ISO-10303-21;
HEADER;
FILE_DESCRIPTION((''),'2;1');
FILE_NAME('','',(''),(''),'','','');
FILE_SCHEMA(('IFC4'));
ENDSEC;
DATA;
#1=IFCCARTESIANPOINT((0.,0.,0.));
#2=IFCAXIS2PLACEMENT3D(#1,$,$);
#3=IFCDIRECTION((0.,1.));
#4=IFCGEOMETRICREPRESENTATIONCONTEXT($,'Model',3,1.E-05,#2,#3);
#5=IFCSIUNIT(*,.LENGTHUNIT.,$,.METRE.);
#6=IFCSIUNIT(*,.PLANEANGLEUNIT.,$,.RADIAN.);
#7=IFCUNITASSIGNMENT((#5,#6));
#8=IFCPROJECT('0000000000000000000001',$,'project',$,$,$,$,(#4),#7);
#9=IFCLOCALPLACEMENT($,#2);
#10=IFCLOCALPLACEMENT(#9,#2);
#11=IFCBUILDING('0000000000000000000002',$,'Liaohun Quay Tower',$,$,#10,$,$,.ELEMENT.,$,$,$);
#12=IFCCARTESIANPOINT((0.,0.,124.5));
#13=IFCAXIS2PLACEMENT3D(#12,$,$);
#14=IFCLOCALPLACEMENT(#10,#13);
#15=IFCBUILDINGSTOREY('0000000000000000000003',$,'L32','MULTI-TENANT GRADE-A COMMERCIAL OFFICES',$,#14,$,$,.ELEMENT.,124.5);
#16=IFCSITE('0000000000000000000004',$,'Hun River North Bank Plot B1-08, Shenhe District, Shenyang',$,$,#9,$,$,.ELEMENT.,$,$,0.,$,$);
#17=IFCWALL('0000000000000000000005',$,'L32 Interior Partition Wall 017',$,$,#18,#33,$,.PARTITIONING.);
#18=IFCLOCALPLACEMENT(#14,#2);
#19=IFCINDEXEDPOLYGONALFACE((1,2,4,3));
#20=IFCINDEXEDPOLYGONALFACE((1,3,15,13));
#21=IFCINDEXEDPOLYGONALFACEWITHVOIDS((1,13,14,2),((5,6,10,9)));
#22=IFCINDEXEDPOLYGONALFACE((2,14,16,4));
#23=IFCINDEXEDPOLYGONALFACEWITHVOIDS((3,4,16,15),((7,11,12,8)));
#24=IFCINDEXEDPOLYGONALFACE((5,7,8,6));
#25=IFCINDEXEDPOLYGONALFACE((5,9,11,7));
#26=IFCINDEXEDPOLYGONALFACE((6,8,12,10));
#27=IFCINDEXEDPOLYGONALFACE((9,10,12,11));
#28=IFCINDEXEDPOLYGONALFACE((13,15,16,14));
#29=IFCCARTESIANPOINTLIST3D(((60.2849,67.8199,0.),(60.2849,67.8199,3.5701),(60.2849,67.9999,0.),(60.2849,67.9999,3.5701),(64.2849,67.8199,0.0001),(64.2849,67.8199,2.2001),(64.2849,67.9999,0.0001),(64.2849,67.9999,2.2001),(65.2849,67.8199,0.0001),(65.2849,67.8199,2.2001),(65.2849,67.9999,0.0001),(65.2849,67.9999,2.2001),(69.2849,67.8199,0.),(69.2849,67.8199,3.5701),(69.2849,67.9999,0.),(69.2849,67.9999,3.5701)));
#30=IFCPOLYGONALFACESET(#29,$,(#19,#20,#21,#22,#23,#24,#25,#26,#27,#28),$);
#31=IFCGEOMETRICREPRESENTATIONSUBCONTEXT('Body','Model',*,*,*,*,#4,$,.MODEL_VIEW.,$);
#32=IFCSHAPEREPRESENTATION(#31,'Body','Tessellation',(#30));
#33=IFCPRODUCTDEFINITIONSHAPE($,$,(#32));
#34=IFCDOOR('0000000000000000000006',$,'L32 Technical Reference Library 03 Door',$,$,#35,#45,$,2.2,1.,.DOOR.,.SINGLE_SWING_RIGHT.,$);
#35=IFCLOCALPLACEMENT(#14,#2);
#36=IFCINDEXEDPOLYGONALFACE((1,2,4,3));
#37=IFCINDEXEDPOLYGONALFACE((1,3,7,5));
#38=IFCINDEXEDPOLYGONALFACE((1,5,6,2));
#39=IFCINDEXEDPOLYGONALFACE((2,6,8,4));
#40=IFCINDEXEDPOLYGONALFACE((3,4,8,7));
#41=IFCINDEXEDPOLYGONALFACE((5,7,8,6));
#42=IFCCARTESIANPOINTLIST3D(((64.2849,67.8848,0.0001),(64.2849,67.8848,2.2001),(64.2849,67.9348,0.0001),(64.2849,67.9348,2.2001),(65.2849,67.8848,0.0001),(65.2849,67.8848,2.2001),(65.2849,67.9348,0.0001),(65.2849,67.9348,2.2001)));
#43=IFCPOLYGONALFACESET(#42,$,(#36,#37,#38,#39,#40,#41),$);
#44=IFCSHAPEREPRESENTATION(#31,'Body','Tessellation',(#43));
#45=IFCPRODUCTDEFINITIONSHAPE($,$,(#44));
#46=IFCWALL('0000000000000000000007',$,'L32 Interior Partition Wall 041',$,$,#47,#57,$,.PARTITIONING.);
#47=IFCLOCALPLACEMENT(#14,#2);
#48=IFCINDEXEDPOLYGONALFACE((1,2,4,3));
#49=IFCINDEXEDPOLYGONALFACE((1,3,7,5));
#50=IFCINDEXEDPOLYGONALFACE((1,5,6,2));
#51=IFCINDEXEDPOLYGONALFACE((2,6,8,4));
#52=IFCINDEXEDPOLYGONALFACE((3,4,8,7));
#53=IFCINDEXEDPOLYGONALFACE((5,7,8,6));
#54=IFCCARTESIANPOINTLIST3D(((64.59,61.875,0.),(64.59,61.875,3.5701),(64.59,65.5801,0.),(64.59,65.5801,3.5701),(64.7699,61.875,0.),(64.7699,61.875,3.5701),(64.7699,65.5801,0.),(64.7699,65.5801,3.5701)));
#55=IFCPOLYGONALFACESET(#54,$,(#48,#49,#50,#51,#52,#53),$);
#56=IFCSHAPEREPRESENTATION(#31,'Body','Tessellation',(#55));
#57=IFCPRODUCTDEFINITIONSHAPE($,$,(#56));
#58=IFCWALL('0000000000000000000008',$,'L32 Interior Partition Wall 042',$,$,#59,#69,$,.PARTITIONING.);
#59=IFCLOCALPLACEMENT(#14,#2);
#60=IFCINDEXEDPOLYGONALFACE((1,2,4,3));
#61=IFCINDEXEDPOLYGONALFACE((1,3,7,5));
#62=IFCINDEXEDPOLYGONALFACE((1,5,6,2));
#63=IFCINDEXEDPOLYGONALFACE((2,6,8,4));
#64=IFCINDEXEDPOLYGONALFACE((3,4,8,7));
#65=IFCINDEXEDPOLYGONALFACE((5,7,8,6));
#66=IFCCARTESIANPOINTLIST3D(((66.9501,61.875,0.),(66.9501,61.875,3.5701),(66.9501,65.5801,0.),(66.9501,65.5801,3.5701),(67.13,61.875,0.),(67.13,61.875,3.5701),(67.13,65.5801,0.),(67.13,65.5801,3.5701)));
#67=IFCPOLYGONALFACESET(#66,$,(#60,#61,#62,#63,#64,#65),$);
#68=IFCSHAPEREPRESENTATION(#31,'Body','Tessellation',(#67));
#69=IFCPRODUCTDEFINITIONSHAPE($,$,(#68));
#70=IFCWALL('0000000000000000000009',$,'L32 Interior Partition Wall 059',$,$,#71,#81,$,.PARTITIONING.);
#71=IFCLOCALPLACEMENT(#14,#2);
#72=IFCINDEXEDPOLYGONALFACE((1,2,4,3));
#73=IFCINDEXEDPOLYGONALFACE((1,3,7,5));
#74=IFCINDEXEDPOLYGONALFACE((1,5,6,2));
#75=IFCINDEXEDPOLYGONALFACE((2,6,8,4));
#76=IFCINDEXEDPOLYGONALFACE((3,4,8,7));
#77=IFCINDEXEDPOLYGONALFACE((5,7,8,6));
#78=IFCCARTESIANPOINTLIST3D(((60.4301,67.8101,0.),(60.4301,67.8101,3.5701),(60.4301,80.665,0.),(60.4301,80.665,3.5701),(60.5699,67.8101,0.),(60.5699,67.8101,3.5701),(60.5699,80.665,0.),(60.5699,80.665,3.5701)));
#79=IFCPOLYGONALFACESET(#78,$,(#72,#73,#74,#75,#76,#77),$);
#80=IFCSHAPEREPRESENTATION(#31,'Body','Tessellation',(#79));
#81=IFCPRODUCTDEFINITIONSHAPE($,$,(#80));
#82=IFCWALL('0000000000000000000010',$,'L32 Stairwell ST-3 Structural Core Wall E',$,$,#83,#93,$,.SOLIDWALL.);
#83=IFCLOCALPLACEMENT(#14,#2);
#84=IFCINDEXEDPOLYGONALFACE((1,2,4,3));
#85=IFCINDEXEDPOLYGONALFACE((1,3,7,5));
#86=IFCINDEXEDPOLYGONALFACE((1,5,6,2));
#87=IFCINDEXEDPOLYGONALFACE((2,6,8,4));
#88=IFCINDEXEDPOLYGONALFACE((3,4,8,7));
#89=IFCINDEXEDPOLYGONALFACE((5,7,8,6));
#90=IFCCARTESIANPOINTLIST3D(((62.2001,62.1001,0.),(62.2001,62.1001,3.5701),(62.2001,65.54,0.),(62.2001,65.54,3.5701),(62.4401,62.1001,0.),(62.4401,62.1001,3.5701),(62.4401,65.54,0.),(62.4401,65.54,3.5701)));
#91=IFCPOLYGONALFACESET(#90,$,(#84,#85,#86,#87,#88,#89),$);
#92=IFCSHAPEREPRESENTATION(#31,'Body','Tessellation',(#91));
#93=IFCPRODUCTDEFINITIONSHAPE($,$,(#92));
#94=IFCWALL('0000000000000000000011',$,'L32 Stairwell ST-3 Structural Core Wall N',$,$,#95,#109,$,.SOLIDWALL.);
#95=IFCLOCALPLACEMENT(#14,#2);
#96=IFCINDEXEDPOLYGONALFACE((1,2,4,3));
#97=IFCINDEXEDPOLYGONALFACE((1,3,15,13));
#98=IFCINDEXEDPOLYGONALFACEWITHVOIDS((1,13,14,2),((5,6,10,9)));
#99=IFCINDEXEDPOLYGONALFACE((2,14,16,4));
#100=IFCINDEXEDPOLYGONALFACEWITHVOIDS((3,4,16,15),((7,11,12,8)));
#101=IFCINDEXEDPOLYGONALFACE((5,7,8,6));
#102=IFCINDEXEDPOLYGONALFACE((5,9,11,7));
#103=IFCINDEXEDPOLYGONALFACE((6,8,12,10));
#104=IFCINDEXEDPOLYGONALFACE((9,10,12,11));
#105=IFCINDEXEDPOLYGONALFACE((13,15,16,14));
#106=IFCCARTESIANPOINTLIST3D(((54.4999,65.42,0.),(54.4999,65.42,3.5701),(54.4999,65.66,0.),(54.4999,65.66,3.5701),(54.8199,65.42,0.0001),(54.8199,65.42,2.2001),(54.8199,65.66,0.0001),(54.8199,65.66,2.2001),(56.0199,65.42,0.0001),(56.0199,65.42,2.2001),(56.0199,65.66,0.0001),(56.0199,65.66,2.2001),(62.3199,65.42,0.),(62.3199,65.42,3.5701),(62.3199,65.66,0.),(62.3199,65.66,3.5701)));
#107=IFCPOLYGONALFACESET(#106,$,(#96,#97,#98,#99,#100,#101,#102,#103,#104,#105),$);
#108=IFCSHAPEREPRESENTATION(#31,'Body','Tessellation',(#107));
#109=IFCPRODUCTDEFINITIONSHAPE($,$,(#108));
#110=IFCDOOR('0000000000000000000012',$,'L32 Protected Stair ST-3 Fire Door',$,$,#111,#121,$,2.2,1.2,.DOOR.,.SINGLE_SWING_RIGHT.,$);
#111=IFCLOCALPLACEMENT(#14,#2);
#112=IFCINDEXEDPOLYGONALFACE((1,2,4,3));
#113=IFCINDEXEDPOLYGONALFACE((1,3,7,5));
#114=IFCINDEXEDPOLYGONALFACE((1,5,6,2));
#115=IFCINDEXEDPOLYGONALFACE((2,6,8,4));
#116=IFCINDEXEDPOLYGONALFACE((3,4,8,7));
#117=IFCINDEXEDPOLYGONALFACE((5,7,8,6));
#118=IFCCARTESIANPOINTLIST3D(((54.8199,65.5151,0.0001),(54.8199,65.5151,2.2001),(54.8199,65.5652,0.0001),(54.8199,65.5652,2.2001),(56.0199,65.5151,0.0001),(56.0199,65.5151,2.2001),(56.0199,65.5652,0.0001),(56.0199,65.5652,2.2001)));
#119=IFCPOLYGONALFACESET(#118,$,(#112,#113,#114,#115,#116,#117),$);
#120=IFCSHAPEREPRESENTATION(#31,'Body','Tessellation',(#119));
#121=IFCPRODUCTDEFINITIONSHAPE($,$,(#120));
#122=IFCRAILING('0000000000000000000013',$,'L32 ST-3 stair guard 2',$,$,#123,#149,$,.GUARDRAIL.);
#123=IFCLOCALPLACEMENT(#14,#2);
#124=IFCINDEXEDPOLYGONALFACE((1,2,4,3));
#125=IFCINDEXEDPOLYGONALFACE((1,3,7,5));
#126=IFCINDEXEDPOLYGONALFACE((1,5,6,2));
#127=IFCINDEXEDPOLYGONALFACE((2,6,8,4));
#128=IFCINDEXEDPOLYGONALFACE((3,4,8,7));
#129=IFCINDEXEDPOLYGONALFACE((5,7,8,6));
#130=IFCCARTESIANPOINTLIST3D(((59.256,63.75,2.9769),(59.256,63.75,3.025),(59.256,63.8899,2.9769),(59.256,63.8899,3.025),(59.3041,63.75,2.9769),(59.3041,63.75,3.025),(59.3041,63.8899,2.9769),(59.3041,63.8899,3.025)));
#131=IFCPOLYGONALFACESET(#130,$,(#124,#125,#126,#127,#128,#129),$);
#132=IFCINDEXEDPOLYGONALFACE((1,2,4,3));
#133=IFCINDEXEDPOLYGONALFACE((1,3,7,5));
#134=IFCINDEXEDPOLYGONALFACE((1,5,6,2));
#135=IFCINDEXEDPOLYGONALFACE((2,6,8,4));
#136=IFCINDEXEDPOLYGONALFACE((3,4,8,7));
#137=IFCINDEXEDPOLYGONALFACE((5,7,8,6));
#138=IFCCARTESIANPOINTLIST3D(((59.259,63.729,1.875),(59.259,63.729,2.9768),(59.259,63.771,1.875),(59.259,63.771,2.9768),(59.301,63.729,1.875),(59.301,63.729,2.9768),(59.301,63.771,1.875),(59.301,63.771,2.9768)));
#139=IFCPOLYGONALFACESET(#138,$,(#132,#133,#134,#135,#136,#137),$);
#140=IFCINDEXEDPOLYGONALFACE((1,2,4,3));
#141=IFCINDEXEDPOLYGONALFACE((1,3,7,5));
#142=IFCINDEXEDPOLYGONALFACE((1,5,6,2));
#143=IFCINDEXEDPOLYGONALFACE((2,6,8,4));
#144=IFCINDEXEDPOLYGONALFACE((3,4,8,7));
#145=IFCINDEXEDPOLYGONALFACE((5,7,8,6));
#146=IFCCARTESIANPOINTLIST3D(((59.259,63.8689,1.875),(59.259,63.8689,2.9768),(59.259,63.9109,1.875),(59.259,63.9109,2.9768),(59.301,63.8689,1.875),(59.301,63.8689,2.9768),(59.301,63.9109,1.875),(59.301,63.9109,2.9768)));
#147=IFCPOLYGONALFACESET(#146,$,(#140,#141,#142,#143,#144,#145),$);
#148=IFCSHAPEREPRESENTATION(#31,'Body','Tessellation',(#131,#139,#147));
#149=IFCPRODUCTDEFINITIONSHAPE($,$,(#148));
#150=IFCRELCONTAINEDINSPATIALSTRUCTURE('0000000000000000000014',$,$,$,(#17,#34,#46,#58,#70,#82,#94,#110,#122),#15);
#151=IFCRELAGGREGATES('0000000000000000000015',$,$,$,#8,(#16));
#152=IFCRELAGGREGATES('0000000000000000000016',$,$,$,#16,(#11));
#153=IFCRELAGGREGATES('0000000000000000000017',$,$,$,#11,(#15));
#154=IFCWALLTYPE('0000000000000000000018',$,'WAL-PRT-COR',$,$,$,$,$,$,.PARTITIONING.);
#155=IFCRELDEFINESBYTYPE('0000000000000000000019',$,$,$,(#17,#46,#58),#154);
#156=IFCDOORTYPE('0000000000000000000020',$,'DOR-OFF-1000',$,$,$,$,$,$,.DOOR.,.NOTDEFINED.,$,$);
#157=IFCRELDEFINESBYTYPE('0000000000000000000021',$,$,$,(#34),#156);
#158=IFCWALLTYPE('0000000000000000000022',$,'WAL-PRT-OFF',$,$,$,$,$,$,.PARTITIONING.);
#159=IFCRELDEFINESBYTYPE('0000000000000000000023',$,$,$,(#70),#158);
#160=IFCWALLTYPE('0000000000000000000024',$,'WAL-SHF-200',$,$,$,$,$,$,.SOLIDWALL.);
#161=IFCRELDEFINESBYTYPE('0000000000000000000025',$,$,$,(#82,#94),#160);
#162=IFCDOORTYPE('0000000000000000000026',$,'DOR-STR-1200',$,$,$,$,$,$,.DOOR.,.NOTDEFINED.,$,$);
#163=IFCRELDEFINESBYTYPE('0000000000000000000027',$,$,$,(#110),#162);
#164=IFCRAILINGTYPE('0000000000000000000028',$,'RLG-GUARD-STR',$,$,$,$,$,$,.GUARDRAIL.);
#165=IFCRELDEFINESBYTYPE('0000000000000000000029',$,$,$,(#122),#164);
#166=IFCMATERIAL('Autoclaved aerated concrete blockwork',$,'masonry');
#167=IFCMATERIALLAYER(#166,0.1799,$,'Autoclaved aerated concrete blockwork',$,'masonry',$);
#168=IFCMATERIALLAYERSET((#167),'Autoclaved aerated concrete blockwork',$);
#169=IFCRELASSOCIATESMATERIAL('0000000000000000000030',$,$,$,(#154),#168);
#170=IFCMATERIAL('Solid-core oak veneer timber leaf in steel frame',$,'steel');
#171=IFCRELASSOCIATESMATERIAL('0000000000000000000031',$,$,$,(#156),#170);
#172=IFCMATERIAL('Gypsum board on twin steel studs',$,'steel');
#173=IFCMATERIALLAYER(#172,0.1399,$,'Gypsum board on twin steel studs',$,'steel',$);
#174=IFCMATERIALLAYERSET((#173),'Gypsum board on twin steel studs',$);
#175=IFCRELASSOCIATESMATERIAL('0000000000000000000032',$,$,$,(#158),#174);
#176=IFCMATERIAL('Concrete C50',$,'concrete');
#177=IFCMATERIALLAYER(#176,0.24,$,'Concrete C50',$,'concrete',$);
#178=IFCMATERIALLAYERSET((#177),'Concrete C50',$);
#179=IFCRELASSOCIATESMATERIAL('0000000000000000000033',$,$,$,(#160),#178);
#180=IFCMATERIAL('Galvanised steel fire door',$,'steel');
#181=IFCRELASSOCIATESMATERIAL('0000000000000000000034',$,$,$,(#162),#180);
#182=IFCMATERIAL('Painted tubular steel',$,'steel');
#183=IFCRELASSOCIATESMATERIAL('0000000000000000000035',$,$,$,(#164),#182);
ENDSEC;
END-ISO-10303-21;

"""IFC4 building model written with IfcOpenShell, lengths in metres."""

from ifc_helpers import new_model, si_unit, direction, frame, frame_2d, origin, origin_2d, place, context, subcontext, project, spatial, rectangle, extrude, source, transform, mapped, material, layer, layer_set, type_object, element, fill, save


model = new_model("IFC4")

# Units and contexts
model_context = context("Model", 3, precision=1e-05, world=origin(), true_north=direction((0.0, 1.0)))
body_context = subcontext(model_context, "Body", "Model", "MODEL_VIEW")
ifc_project = project(units=[si_unit("LENGTHUNIT", "METRE"), si_unit("PLANEANGLEUNIT", "RADIAN")], contexts=[model_context])

# Site, building, storey
site_placement = place(None, origin())
site = spatial("IfcSite", under=ifc_project, at=site_placement, Name="Hun River North Bank Plot B1-08, Shenhe District, Shenyang", CompositionType="ELEMENT", RefElevation=0.0)
building_placement = place(site_placement, origin())
building = spatial("IfcBuilding", under=site, at=building_placement, Name="Liaohun Quay Tower", CompositionType="ELEMENT")
storey_placement = place(building_placement, frame((0.0, 0.0, 124.5)))
storey = spatial("IfcBuildingStorey", under=building, at=storey_placement, Name="L32", Description="MULTI-TENANT GRADE-A COMMERCIAL OFFICES", CompositionType="ELEMENT", Elevation=124.5)

# Wall, opening, door
ifc_material_1 = material(Name="Autoclaved aerated concrete blockwork", Category="masonry")
ifc_layer_1 = layer(ifc_material_1, 0.1799, Name="Autoclaved aerated concrete blockwork", Category="masonry")
ifc_layer_set_1 = layer_set([ifc_layer_1], Name="Autoclaved aerated concrete blockwork")
wall_type_1 = type_object("IfcWallType", Name="WAL-PRT-COR", PredefinedType="PARTITIONING", material=ifc_layer_set_1)
shared_shape_1 = source(origin(), body_context, "Body", "SweptSolid", [
    extrude(rectangle(XDim=1.0, YDim=2.2, at=frame_2d((0.5, 1.1001))), frame((0.0, 0.0999, 0.0), z_axis=(0.0, -1.0, 0.0), x_axis=(1.0, 0.0, 0.0)), (0.0, 0.0, 1.0), 0.2),
])
ifc_material_2 = material(Name="Solid-core oak veneer timber leaf in steel frame", Category="steel")
door_type_1 = type_object("IfcDoorType", Name="DOR-OFF-1000", OperationType="NOTDEFINED", PredefinedType="DOOR", material=ifc_material_2)
shared_shape_2 = source(origin(), body_context, "Body", "SweptSolid", [
    extrude(rectangle(XDim=1.0, YDim=2.2, at=frame_2d((0.5, 1.1001))), frame((0.0, 0.0249, 0.0), z_axis=(0.0, -1.0, 0.0), x_axis=(1.0, 0.0, 0.0)), (0.0, 0.0, 1.0), 0.05),
])
wall_1_placement = place(storey_placement, frame((60.2849, 67.9099, 0.0), z_axis=(0.0, 0.0, 1.0), x_axis=(1.0, 0.0, 0.0)))
wall_1 = element("IfcWall", 1, at=wall_1_placement, inside=storey, type_object=wall_type_1, Name="L32 Interior Partition Wall 017", PredefinedType="PARTITIONING", context=body_context, shape_type="SweptSolid", body=[
    extrude(rectangle(XDim=9.0, YDim=0.1799, at=frame_2d((4.5, 0.0))), origin(), (0.0, 0.0, 1.0), 3.5701),
])
opening_1_placement = place(wall_1_placement, frame((4.0, 0.0, 0.0)))
opening_1 = element("IfcOpeningElement", 2, at=opening_1_placement, cuts=wall_1, PredefinedType="OPENING", context=body_context, shape_type="MappedRepresentation", body=[
    mapped(shared_shape_1, transform((0.0, 0.0, 0.0), x_axis=(1.0, 0.0, 0.0), y_axis=(0.0, 1.0, 0.0), z_axis=(0.0, 0.0, 1.0), scale=1.0)),
])
door_1_placement = place(opening_1_placement, origin())
door_1 = element("IfcDoor", 3, at=door_1_placement, inside=storey, type_object=door_type_1, Name="L32 Technical Reference Library 03 Door", OperationType="SINGLE_SWING_RIGHT", OverallHeight=2.2, OverallWidth=1.0, PredefinedType="DOOR", context=body_context, shape_type="MappedRepresentation", body=[
    mapped(shared_shape_2, transform((0.0, 0.0, 0.0), x_axis=(1.0, 0.0, 0.0), y_axis=(0.0, 1.0, 0.0), z_axis=(0.0, 0.0, 1.0), scale=1.0)),
])
fill(opening_1, door_1)

# Walls
for number, where, z_axis, x_axis, name in (
    (4, (64.6799, 61.875, 0.0), (0.0, 0.0, 1.0), (0.0, 1.0, 0.0), "L32 Interior Partition Wall 041"),
    (5, (67.04, 61.875, 0.0), (0.0, 0.0, 1.0), (0.0, 1.0, 0.0), "L32 Interior Partition Wall 042"),
):
    element("IfcWall", number, at=place(storey_placement, frame(where, z_axis=z_axis, x_axis=x_axis)), inside=storey, type_object=wall_type_1, Name=name, PredefinedType="PARTITIONING", context=body_context, shape_type="SweptSolid", body=[
        extrude(rectangle(XDim=3.7051, YDim=0.1799, at=frame_2d((1.8525, 0.0))), origin(), (0.0, 0.0, 1.0), 3.5701),
    ])
ifc_material_3 = material(Name="Gypsum board on twin steel studs", Category="steel")
ifc_layer_2 = layer(ifc_material_3, 0.1399, Name="Gypsum board on twin steel studs", Category="steel")
ifc_layer_set_2 = layer_set([ifc_layer_2], Name="Gypsum board on twin steel studs")
wall_type_2 = type_object("IfcWallType", Name="WAL-PRT-OFF", PredefinedType="PARTITIONING", material=ifc_layer_set_2)
wall_2_placement = place(storey_placement, frame((60.5, 67.8101, 0.0), z_axis=(0.0, 0.0, 1.0), x_axis=(0.0, 1.0, 0.0)))
element("IfcWall", 6, at=wall_2_placement, inside=storey, type_object=wall_type_2, Name="L32 Interior Partition Wall 059", PredefinedType="PARTITIONING", context=body_context, shape_type="SweptSolid", body=[
    extrude(rectangle(XDim=12.855, YDim=0.1399, at=frame_2d((6.4275, 0.0))), origin(), (0.0, 0.0, 1.0), 3.5701),
])
ifc_material_4 = material(Name="Concrete C50", Category="concrete")
ifc_layer_3 = layer(ifc_material_4, 0.24, Name="Concrete C50", Category="concrete")
ifc_layer_set_3 = layer_set([ifc_layer_3], Name="Concrete C50")
wall_type_3 = type_object("IfcWallType", Name="WAL-SHF-200", PredefinedType="SOLIDWALL", material=ifc_layer_set_3)
wall_3_placement = place(storey_placement, frame((62.3201, 62.1001, 0.0), z_axis=(0.0, 0.0, 1.0), x_axis=(0.0, 1.0, 0.0)))
element("IfcWall", 7, at=wall_3_placement, inside=storey, type_object=wall_type_3, Name="L32 Stairwell ST-3 Structural Core Wall E", PredefinedType="SOLIDWALL", context=body_context, shape_type="SweptSolid", body=[
    extrude(rectangle(XDim=3.4399, YDim=0.24, at=frame_2d((1.72, 0.0))), origin(), (0.0, 0.0, 1.0), 3.5701),
])

# Wall, opening, door
wall_4_placement = place(storey_placement, frame((62.3201, 65.54, 0.0), z_axis=(0.0, 0.0, 1.0), x_axis=(-1.0, 0.0, 0.0)))
wall_4 = element("IfcWall", 8, at=wall_4_placement, inside=storey, type_object=wall_type_3, Name="L32 Stairwell ST-3 Structural Core Wall N", PredefinedType="SOLIDWALL", context=body_context, shape_type="SweptSolid", body=[
    extrude(rectangle(XDim=7.8201, YDim=0.24, at=frame_2d((3.9102, 0.0))), origin(), (0.0, 0.0, 1.0), 3.5701),
])
shared_shape_3 = source(origin(), body_context, "Body", "SweptSolid", [
    extrude(rectangle(XDim=1.2, YDim=2.2, at=frame_2d((0.6001, 1.1001))), frame((0.0, 0.1299, 0.0), z_axis=(0.0, -1.0, 0.0), x_axis=(1.0, 0.0, 0.0)), (0.0, 0.0, 1.0), 0.26),
])
opening_2_placement = place(wall_4_placement, frame((6.3, 0.0, 0.0)))
opening_2 = element("IfcOpeningElement", 9, at=opening_2_placement, cuts=wall_4, PredefinedType="OPENING", context=body_context, shape_type="MappedRepresentation", body=[
    mapped(shared_shape_3, transform((0.0, 0.0, 0.0), x_axis=(1.0, 0.0, 0.0), y_axis=(0.0, 1.0, 0.0), z_axis=(0.0, 0.0, 1.0), scale=1.0)),
])
ifc_material_5 = material(Name="Galvanised steel fire door", Category="steel")
door_type_2 = type_object("IfcDoorType", Name="DOR-STR-1200", OperationType="NOTDEFINED", PredefinedType="DOOR", material=ifc_material_5)
shared_shape_4 = source(origin(), body_context, "Body", "SweptSolid", [
    extrude(rectangle(XDim=1.2, YDim=2.2, at=frame_2d((0.6001, 1.1001))), frame((0.0, 0.0249, 0.0), z_axis=(0.0, -1.0, 0.0), x_axis=(1.0, 0.0, 0.0)), (0.0, 0.0, 1.0), 0.05),
])
door_2_placement = place(opening_2_placement, origin())
door_2 = element("IfcDoor", 10, at=door_2_placement, inside=storey, type_object=door_type_2, Name="L32 Protected Stair ST-3 Fire Door", OperationType="SINGLE_SWING_RIGHT", OverallHeight=2.2, OverallWidth=1.2, PredefinedType="DOOR", context=body_context, shape_type="MappedRepresentation", body=[
    mapped(shared_shape_4, transform((0.0, 0.0, 0.0), x_axis=(1.0, 0.0, 0.0), y_axis=(0.0, 1.0, 0.0), z_axis=(0.0, 0.0, 1.0), scale=1.0)),
])
fill(opening_2, door_2)

# Railing
ifc_material_6 = material(Name="Painted tubular steel", Category="steel")
railing_type_1 = type_object("IfcRailingType", Name="RLG-GUARD-STR", PredefinedType="GUARDRAIL", material=ifc_material_6)
railing_1_placement = place(storey_placement, frame((59.28, 63.75, 1.875)))
element("IfcRailing", 11, at=railing_1_placement, inside=storey, type_object=railing_type_1, Name="L32 ST-3 stair guard 2", PredefinedType="GUARDRAIL", context=body_context, shape_type="SweptSolid", body=[
    extrude(rectangle(XDim=0.0481, YDim=0.0481, at=origin_2d()), frame((0.0, 0.0, 1.126), z_axis=(0.0, 1.0, 0.0), x_axis=(-1.0, 0.0, 0.0)), (0.0, 0.0, 1.0), 0.1399),
    extrude(rectangle(XDim=0.042, YDim=0.042, at=origin_2d()), origin(), (0.0, 0.0, 1.0), 1.1018),
    extrude(rectangle(XDim=0.042, YDim=0.042, at=origin_2d()), frame((0.0, 0.1399, 0.0)), (0.0, 0.0, 1.0), 1.1018),
])

save(model, "model.ifc")
